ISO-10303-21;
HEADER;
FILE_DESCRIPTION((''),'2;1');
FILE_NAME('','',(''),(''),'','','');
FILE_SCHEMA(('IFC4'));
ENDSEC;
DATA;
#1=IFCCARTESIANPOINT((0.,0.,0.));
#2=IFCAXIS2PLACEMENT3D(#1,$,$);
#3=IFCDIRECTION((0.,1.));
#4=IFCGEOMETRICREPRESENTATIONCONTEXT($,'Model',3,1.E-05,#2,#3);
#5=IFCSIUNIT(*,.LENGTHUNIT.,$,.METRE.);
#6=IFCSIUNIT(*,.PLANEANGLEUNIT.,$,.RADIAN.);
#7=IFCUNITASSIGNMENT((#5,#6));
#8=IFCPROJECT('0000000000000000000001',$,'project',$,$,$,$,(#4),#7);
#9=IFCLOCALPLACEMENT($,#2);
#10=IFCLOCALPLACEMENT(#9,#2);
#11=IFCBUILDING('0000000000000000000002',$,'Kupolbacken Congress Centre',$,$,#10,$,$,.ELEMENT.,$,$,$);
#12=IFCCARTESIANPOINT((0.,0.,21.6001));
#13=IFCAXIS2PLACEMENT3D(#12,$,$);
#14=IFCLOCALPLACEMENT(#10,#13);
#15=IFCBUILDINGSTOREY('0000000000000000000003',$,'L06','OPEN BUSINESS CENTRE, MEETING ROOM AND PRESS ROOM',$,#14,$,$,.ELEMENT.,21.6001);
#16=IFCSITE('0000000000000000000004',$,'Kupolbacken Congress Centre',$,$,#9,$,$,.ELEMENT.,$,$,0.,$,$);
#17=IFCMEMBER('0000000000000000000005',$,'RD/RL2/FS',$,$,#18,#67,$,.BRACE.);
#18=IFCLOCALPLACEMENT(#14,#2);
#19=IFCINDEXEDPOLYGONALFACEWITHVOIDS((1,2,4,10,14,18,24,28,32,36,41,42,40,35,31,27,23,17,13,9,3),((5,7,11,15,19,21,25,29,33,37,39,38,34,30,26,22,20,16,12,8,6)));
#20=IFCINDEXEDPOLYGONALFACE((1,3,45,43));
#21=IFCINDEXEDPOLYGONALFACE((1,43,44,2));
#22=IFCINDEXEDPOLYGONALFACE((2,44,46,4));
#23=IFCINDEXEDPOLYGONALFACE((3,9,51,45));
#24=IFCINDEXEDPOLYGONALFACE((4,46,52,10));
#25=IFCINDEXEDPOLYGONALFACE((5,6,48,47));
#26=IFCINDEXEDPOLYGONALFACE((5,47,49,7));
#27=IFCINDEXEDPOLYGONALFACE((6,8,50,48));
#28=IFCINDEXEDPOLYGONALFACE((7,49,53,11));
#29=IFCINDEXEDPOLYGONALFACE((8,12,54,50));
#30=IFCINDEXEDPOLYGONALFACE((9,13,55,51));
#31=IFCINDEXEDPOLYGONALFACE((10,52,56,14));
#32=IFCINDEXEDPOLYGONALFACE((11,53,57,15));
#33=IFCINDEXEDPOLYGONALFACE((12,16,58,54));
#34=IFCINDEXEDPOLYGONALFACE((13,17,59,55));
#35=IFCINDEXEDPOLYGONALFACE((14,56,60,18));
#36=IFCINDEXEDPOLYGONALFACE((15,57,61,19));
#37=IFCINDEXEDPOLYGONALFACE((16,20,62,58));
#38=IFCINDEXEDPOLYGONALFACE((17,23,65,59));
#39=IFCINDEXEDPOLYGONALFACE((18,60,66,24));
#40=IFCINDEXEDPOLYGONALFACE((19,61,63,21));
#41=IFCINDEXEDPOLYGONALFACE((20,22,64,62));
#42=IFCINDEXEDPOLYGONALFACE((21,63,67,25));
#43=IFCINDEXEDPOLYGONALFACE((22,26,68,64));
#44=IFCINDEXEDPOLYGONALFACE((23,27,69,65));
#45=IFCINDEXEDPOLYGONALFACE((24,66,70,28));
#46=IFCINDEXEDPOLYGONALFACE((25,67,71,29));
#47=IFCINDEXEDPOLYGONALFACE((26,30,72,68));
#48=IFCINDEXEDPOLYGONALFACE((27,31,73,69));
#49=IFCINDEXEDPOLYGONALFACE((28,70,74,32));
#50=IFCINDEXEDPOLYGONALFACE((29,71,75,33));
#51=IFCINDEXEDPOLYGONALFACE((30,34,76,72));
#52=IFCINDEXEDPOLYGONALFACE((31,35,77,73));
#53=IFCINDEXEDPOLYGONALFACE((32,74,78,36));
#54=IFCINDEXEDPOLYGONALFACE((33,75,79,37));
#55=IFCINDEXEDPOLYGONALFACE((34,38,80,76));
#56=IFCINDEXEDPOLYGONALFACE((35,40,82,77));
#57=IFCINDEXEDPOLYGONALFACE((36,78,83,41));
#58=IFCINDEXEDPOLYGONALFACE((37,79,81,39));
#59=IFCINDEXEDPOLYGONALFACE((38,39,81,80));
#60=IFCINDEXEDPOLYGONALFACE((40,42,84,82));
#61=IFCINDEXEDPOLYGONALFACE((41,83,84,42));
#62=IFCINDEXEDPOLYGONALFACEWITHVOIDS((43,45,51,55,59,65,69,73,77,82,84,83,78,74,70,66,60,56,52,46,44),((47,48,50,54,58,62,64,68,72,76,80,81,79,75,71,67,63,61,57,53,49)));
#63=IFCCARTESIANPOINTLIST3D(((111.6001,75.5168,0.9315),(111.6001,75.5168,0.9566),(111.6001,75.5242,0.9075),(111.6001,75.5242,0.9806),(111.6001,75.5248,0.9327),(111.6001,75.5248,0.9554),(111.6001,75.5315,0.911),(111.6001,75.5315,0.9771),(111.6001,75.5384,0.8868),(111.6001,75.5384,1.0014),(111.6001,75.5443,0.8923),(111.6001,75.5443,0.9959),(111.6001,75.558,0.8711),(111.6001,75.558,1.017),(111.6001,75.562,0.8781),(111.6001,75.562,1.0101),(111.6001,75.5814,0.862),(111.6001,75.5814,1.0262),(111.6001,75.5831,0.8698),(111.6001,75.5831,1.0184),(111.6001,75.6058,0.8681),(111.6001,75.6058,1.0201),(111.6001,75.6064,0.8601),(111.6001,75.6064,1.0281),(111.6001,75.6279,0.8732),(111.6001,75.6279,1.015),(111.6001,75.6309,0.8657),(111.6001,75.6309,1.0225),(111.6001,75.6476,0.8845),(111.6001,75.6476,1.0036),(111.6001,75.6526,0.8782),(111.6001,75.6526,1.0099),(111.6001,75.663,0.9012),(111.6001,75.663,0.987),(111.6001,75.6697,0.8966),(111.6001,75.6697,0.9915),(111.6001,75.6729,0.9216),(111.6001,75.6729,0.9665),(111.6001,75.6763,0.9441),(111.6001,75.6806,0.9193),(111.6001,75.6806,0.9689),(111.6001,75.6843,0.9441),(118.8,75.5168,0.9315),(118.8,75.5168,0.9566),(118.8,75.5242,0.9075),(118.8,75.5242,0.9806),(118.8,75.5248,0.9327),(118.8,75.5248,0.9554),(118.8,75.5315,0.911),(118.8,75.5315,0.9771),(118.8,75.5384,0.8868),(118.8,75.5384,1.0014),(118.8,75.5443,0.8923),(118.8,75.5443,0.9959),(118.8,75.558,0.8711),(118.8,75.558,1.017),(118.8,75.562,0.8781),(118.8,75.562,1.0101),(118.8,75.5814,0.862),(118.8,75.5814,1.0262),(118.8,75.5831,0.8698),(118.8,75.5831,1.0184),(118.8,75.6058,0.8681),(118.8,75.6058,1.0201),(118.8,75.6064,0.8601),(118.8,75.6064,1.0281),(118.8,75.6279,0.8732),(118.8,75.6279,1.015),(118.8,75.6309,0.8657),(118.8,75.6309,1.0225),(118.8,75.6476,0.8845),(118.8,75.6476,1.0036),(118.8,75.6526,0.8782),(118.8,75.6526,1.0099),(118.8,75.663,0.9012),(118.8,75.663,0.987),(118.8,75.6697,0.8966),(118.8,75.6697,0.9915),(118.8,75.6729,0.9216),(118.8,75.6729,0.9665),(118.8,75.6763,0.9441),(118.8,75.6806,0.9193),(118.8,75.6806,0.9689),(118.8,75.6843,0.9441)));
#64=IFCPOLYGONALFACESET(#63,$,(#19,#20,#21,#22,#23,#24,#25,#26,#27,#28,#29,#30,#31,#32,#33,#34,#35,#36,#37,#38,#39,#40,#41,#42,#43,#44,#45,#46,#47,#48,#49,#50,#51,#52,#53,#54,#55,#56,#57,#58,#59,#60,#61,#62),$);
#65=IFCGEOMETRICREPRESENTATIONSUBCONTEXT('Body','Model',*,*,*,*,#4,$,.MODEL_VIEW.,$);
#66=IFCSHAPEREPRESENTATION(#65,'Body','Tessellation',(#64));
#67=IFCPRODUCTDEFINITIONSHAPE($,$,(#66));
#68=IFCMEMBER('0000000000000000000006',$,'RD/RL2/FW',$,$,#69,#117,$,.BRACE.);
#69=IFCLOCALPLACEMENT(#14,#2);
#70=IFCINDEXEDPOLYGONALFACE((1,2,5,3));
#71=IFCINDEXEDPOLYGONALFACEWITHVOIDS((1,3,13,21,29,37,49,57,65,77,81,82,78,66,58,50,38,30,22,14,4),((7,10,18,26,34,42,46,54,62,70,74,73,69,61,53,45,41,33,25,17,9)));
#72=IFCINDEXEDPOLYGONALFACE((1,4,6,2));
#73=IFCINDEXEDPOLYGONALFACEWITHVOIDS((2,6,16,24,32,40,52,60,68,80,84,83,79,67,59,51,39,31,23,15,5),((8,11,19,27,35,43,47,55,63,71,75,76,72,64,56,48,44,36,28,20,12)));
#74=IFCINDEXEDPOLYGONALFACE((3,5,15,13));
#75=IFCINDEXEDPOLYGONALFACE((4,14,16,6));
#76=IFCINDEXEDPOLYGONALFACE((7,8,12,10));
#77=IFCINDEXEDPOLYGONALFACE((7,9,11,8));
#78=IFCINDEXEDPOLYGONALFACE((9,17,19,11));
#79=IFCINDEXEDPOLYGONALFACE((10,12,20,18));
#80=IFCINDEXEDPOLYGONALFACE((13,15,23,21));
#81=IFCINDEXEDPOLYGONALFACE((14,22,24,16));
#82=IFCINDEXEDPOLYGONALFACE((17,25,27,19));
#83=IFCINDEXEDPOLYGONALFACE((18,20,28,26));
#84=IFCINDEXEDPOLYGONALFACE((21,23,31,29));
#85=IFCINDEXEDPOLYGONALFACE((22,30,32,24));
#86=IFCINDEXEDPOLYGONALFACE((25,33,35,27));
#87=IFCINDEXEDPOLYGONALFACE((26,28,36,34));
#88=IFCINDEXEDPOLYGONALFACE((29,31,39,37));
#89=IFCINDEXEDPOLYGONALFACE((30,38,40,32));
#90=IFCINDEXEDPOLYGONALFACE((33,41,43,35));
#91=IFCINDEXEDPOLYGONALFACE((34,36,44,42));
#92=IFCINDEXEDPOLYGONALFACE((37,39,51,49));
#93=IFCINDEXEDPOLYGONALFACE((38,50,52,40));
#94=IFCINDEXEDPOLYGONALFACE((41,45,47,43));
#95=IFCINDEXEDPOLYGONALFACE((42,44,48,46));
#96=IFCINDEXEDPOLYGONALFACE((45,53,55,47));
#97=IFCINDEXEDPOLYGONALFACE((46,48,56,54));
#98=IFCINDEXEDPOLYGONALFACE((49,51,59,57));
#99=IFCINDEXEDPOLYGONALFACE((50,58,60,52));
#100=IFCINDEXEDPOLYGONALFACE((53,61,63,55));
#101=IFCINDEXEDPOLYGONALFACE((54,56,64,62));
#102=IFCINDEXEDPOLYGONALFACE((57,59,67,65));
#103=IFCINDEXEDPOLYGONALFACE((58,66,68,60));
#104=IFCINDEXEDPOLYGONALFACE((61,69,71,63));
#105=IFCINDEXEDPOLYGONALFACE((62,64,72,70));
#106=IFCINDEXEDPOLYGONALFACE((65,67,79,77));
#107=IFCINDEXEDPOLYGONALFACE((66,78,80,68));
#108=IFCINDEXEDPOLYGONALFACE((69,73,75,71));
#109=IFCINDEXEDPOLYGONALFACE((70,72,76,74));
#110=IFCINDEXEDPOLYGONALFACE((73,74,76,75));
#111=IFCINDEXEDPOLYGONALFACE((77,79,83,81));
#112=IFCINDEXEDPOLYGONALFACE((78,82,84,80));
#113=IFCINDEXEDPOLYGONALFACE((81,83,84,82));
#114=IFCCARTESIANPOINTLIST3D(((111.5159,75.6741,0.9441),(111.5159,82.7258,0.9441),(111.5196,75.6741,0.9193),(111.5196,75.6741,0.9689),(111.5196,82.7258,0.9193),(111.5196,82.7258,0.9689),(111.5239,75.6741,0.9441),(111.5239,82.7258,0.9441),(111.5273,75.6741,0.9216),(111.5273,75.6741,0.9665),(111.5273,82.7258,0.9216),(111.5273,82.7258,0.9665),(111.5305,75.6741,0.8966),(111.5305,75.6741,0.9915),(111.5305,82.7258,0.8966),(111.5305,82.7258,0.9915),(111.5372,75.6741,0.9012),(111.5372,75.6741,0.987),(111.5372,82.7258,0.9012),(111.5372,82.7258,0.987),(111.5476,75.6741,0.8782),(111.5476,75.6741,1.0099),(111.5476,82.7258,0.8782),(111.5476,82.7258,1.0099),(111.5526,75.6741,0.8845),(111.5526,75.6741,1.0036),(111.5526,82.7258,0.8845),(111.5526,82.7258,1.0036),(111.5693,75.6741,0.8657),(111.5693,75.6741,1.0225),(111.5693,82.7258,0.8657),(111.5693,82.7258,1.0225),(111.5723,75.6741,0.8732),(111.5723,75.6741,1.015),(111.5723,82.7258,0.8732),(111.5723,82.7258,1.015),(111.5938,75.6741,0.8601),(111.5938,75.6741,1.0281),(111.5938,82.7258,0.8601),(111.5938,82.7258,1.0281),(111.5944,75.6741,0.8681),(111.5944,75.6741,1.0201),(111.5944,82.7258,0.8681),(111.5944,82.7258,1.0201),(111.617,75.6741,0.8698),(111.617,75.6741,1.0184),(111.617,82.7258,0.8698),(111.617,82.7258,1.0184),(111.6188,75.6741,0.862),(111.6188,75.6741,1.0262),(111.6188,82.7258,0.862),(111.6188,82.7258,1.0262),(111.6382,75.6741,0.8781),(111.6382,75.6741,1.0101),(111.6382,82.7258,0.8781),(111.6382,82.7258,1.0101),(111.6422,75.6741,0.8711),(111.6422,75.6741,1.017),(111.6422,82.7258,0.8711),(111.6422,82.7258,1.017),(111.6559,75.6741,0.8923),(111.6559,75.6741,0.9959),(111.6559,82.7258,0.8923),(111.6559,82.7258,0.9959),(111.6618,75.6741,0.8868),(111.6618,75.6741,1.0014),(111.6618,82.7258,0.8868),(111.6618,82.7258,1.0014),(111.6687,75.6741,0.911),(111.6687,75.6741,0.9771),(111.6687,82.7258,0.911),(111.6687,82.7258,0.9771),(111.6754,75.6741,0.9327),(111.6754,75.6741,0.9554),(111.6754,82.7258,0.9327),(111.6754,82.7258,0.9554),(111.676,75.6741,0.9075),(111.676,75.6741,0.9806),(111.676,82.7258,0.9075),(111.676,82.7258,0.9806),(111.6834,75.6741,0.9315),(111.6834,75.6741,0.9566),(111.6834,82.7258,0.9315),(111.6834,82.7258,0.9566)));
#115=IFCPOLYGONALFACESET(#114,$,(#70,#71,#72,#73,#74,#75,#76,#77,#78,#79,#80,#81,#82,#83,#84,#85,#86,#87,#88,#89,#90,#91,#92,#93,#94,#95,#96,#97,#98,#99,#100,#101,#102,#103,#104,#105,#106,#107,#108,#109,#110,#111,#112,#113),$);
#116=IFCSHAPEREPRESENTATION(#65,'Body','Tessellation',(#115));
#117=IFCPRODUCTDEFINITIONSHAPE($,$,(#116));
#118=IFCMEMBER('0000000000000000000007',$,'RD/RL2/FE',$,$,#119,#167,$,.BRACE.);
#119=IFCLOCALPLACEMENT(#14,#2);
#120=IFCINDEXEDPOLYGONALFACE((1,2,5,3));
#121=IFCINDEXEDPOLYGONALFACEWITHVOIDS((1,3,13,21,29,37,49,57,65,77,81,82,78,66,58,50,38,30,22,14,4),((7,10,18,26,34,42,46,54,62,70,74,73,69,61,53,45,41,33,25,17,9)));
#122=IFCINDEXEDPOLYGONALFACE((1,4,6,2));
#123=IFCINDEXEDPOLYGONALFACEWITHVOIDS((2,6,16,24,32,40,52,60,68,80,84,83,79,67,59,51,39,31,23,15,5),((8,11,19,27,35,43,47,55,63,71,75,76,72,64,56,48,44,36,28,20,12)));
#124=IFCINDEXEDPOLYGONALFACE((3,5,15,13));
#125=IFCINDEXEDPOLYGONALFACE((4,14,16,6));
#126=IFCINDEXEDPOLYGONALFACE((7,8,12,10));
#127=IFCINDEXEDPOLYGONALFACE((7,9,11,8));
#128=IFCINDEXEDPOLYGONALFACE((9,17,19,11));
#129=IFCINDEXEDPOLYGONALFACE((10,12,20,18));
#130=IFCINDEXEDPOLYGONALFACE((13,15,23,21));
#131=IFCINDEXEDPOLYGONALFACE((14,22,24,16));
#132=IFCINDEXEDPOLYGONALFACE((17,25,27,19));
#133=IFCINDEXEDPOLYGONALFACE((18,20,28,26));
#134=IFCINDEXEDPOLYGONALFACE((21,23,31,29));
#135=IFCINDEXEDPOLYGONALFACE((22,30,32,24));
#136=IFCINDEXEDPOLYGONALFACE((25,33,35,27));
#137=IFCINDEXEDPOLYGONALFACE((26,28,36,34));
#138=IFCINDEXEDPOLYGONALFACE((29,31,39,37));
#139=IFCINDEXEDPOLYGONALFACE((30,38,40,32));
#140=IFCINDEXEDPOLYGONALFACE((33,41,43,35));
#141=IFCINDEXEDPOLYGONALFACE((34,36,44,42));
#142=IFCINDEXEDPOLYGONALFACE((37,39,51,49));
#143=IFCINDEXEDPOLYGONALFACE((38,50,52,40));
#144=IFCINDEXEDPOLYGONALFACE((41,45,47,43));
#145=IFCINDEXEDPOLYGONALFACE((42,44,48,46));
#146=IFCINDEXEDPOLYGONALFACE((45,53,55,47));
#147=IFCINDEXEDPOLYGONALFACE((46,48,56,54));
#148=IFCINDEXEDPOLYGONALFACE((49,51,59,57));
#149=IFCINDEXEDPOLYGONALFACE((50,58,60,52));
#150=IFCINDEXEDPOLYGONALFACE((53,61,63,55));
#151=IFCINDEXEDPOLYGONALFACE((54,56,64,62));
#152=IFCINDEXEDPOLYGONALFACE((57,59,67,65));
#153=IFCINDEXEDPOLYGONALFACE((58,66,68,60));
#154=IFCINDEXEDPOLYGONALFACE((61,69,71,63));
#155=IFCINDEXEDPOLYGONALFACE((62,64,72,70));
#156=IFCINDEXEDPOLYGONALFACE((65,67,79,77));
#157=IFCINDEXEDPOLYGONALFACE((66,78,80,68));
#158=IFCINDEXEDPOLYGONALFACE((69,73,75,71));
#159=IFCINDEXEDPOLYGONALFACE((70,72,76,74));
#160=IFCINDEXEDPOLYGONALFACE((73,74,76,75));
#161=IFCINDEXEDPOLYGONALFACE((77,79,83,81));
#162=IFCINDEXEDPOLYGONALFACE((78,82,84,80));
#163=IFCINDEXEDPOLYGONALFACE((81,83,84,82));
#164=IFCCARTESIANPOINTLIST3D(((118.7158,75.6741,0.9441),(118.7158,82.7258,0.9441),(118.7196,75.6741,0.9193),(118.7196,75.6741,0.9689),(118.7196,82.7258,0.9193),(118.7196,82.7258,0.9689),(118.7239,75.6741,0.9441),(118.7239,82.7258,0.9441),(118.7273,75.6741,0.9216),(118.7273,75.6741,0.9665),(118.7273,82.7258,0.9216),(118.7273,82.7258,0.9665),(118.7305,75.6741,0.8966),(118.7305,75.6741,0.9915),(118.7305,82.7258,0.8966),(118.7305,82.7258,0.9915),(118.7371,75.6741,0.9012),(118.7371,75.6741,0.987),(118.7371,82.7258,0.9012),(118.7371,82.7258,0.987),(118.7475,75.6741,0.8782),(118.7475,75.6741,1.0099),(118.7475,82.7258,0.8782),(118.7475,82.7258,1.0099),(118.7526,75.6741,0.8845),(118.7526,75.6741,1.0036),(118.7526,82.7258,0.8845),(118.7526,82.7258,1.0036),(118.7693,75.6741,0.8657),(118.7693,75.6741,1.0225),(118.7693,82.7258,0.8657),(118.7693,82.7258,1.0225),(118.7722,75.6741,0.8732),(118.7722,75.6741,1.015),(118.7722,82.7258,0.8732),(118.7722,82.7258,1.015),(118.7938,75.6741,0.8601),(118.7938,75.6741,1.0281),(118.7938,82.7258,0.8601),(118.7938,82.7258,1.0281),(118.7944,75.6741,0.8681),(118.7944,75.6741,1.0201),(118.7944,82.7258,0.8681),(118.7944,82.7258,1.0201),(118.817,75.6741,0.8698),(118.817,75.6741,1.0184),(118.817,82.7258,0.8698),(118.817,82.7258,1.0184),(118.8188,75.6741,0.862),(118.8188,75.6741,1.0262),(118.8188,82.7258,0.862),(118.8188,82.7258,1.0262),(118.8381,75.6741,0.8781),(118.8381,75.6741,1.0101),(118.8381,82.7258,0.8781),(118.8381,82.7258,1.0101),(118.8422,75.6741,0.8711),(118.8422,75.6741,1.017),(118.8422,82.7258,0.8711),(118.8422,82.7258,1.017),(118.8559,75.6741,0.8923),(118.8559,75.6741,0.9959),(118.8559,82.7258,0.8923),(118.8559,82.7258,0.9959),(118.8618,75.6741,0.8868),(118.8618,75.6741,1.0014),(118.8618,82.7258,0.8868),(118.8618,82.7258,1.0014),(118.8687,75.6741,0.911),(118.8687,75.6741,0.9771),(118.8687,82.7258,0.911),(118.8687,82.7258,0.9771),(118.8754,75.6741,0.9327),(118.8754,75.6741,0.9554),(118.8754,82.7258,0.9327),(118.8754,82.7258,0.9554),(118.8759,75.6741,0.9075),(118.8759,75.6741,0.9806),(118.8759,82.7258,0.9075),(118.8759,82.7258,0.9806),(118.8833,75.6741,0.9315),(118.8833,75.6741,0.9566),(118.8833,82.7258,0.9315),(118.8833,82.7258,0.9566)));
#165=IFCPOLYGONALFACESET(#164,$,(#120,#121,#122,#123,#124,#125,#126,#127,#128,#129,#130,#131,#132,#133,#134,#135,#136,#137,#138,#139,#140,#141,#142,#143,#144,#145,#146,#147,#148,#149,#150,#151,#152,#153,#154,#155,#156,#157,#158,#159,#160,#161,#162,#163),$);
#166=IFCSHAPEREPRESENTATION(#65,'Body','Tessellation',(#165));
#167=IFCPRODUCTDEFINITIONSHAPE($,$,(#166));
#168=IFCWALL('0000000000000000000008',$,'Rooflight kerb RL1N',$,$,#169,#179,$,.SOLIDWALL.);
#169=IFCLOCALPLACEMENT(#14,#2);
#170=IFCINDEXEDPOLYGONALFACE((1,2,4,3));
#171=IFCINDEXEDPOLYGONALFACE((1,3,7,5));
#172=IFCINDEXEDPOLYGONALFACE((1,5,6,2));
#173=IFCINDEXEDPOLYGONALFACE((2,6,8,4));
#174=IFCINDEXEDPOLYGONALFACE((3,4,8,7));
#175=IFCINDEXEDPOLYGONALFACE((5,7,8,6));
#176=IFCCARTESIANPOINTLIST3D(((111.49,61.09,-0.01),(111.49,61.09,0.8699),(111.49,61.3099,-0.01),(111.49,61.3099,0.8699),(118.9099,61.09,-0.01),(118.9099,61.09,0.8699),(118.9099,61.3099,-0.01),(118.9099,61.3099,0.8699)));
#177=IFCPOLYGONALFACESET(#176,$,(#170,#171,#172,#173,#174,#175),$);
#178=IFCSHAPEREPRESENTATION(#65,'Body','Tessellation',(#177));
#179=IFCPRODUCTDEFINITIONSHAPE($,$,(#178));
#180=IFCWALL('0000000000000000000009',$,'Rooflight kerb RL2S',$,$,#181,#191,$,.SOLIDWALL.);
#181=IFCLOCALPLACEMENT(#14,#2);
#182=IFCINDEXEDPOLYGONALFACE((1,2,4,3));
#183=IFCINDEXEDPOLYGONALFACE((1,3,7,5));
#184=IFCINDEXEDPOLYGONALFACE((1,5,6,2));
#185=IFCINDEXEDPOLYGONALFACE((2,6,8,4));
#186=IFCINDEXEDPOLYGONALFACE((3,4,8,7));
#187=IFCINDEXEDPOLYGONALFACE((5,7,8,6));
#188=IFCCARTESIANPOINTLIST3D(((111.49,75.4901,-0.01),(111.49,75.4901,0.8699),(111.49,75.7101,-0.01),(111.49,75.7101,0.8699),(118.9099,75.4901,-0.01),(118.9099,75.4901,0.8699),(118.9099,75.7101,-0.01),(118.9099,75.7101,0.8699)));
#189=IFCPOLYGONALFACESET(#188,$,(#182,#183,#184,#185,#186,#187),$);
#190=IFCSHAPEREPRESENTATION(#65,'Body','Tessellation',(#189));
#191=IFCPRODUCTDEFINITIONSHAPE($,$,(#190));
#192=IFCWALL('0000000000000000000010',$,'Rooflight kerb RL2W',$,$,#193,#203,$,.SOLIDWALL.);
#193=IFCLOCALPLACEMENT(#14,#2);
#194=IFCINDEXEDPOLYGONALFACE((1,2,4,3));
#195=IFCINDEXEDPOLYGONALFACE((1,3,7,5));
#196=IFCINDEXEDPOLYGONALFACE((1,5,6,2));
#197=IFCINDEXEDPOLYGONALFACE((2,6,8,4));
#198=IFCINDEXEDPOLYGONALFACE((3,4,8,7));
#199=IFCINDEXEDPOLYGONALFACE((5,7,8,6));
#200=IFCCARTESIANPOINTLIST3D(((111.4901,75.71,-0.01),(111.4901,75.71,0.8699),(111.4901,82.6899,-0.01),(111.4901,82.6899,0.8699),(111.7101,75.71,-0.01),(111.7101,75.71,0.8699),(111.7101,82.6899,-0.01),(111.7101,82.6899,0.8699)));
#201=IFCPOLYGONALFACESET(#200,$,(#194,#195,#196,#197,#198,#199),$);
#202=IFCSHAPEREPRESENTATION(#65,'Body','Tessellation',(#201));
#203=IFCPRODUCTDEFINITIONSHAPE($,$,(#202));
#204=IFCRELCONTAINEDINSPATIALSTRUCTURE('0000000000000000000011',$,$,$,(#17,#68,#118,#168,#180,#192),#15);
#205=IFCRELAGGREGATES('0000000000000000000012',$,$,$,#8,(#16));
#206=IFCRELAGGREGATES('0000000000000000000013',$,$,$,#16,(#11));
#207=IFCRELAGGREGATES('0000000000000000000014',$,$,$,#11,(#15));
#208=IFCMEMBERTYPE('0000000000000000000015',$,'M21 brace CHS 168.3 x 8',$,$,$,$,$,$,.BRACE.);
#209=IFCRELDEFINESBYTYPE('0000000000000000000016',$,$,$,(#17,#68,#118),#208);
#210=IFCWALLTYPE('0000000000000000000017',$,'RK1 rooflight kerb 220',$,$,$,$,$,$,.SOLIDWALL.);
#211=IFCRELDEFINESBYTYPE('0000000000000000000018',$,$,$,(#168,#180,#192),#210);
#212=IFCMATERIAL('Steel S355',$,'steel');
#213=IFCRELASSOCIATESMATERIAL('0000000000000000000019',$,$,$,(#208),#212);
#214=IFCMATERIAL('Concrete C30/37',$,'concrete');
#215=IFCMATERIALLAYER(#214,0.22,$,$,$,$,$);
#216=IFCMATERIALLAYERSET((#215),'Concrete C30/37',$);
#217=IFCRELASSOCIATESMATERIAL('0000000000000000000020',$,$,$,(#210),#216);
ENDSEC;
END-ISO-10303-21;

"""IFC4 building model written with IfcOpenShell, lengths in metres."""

from ifc_helpers import new_model, si_unit, direction, frame, frame_2d, origin, origin_2d, place, context, subcontext, project, spatial, rectangle, hollow_circle, extrude, material, layer, layer_set, material_profile, profile_set, type_object, element, save


model = new_model("IFC4")

# Units and contexts
model_context = context("Model", 3, precision=1e-05, world=origin(), true_north=direction((0.0, 1.0)))
body_context = subcontext(model_context, "Body", "Model", "MODEL_VIEW")
ifc_project = project(units=[si_unit("LENGTHUNIT", "METRE"), si_unit("PLANEANGLEUNIT", "RADIAN")], contexts=[model_context])

# Site, building, storey
site_placement = place(None, origin())
site = spatial("IfcSite", under=ifc_project, at=site_placement, Name="Kupolbacken Congress Centre", CompositionType="ELEMENT", RefElevation=0.0)
building_placement = place(site_placement, origin())
building = spatial("IfcBuilding", under=site, at=building_placement, Name="Kupolbacken Congress Centre", CompositionType="ELEMENT")
storey_placement = place(building_placement, frame((0.0, 0.0, 21.6001)))
storey = spatial("IfcBuildingStorey", under=building, at=storey_placement, Name="L06", Description="OPEN BUSINESS CENTRE, MEETING ROOM AND PRESS ROOM", CompositionType="ELEMENT", Elevation=21.6001)

# Members
ifc_material_1 = material(Name="Steel S355", Category="steel")
ifc_material_profile_1 = material_profile(ifc_material_1, hollow_circle(Radius=0.0842, WallThickness=0.0081, at=origin_2d()), Name="CHS 168.3 x 8")
ifc_profile_set_1 = profile_set([ifc_material_profile_1], Name="Steel S355")
member_type = type_object("IfcMemberType", Name="M21 brace CHS 168.3 x 8", PredefinedType="BRACE", material=ifc_profile_set_1)
for number, where, z_axis, x_axis, name in (
    (1, (111.6001, 75.6001, 0.9441), (1.0, 0.0, 0.0), (0.0, 1.0, 0.0), "RD/RL2/FS"),
):
    element("IfcMember", number, at=place(storey_placement, frame(where, z_axis=z_axis, x_axis=x_axis)), inside=storey, type_object=member_type, Name=name, PredefinedType="BRACE", context=body_context, shape_type="SweptSolid", body=[
        extrude(hollow_circle(Radius=0.0842, WallThickness=0.0081, at=origin_2d()), origin(), (0.0, 0.0, 1.0), 7.2),
    ])
for number, where, z_axis, x_axis, name in (
    (2, (111.6001, 75.6741, 0.9441), (0.0, 1.0, 0.0), (-1.0, 0.0, 0.0), "RD/RL2/FW"),
    (3, (118.8, 75.6741, 0.9441), (0.0, 1.0, 0.0), (-1.0, 0.0, 0.0), "RD/RL2/FE"),
):
    element("IfcMember", number, at=place(storey_placement, frame(where, z_axis=z_axis, x_axis=x_axis)), inside=storey, type_object=member_type, Name=name, PredefinedType="BRACE", context=body_context, shape_type="SweptSolid", body=[
        extrude(hollow_circle(Radius=0.0842, WallThickness=0.0081, at=origin_2d()), origin(), (0.0, 0.0, 1.0), 7.0518),
    ])

# Walls
ifc_material_2 = material(Name="Concrete C30/37", Category="concrete")
ifc_layer_1 = layer(ifc_material_2, 0.22)
ifc_layer_set_1 = layer_set([ifc_layer_1], Name="Concrete C30/37")
wall_type = type_object("IfcWallType", Name="RK1 rooflight kerb 220", PredefinedType="SOLIDWALL", material=ifc_layer_set_1)
for number, where, z_axis, x_axis, name in (
    (4, (111.49, 61.2, -0.01), (0.0, 0.0, 1.0), (1.0, 0.0, 0.0), "Rooflight kerb RL1N"),
    (5, (111.49, 75.6001, -0.01), (0.0, 0.0, 1.0), (1.0, 0.0, 0.0), "Rooflight kerb RL2S"),
):
    element("IfcWall", number, at=place(storey_placement, frame(where, z_axis=z_axis, x_axis=x_axis)), inside=storey, type_object=wall_type, Name=name, PredefinedType="SOLIDWALL", context=body_context, shape_type="SweptSolid", body=[
        extrude(rectangle(XDim=7.4199, YDim=0.22, at=frame_2d((3.71, 0.0))), origin(), (0.0, 0.0, 1.0), 0.8799),
    ])
for number, where, z_axis, x_axis, name in (
    (6, (111.6001, 75.71, -0.01), (0.0, 0.0, 1.0), (0.0, 1.0, 0.0), "Rooflight kerb RL2W"),
):
    element("IfcWall", number, at=place(storey_placement, frame(where, z_axis=z_axis, x_axis=x_axis)), inside=storey, type_object=wall_type, Name=name, PredefinedType="SOLIDWALL", context=body_context, shape_type="SweptSolid", body=[
        extrude(rectangle(XDim=6.98, YDim=0.22, at=frame_2d((3.49, 0.0))), origin(), (0.0, 0.0, 1.0), 0.8799),
    ])

save(model, "model.ifc")
